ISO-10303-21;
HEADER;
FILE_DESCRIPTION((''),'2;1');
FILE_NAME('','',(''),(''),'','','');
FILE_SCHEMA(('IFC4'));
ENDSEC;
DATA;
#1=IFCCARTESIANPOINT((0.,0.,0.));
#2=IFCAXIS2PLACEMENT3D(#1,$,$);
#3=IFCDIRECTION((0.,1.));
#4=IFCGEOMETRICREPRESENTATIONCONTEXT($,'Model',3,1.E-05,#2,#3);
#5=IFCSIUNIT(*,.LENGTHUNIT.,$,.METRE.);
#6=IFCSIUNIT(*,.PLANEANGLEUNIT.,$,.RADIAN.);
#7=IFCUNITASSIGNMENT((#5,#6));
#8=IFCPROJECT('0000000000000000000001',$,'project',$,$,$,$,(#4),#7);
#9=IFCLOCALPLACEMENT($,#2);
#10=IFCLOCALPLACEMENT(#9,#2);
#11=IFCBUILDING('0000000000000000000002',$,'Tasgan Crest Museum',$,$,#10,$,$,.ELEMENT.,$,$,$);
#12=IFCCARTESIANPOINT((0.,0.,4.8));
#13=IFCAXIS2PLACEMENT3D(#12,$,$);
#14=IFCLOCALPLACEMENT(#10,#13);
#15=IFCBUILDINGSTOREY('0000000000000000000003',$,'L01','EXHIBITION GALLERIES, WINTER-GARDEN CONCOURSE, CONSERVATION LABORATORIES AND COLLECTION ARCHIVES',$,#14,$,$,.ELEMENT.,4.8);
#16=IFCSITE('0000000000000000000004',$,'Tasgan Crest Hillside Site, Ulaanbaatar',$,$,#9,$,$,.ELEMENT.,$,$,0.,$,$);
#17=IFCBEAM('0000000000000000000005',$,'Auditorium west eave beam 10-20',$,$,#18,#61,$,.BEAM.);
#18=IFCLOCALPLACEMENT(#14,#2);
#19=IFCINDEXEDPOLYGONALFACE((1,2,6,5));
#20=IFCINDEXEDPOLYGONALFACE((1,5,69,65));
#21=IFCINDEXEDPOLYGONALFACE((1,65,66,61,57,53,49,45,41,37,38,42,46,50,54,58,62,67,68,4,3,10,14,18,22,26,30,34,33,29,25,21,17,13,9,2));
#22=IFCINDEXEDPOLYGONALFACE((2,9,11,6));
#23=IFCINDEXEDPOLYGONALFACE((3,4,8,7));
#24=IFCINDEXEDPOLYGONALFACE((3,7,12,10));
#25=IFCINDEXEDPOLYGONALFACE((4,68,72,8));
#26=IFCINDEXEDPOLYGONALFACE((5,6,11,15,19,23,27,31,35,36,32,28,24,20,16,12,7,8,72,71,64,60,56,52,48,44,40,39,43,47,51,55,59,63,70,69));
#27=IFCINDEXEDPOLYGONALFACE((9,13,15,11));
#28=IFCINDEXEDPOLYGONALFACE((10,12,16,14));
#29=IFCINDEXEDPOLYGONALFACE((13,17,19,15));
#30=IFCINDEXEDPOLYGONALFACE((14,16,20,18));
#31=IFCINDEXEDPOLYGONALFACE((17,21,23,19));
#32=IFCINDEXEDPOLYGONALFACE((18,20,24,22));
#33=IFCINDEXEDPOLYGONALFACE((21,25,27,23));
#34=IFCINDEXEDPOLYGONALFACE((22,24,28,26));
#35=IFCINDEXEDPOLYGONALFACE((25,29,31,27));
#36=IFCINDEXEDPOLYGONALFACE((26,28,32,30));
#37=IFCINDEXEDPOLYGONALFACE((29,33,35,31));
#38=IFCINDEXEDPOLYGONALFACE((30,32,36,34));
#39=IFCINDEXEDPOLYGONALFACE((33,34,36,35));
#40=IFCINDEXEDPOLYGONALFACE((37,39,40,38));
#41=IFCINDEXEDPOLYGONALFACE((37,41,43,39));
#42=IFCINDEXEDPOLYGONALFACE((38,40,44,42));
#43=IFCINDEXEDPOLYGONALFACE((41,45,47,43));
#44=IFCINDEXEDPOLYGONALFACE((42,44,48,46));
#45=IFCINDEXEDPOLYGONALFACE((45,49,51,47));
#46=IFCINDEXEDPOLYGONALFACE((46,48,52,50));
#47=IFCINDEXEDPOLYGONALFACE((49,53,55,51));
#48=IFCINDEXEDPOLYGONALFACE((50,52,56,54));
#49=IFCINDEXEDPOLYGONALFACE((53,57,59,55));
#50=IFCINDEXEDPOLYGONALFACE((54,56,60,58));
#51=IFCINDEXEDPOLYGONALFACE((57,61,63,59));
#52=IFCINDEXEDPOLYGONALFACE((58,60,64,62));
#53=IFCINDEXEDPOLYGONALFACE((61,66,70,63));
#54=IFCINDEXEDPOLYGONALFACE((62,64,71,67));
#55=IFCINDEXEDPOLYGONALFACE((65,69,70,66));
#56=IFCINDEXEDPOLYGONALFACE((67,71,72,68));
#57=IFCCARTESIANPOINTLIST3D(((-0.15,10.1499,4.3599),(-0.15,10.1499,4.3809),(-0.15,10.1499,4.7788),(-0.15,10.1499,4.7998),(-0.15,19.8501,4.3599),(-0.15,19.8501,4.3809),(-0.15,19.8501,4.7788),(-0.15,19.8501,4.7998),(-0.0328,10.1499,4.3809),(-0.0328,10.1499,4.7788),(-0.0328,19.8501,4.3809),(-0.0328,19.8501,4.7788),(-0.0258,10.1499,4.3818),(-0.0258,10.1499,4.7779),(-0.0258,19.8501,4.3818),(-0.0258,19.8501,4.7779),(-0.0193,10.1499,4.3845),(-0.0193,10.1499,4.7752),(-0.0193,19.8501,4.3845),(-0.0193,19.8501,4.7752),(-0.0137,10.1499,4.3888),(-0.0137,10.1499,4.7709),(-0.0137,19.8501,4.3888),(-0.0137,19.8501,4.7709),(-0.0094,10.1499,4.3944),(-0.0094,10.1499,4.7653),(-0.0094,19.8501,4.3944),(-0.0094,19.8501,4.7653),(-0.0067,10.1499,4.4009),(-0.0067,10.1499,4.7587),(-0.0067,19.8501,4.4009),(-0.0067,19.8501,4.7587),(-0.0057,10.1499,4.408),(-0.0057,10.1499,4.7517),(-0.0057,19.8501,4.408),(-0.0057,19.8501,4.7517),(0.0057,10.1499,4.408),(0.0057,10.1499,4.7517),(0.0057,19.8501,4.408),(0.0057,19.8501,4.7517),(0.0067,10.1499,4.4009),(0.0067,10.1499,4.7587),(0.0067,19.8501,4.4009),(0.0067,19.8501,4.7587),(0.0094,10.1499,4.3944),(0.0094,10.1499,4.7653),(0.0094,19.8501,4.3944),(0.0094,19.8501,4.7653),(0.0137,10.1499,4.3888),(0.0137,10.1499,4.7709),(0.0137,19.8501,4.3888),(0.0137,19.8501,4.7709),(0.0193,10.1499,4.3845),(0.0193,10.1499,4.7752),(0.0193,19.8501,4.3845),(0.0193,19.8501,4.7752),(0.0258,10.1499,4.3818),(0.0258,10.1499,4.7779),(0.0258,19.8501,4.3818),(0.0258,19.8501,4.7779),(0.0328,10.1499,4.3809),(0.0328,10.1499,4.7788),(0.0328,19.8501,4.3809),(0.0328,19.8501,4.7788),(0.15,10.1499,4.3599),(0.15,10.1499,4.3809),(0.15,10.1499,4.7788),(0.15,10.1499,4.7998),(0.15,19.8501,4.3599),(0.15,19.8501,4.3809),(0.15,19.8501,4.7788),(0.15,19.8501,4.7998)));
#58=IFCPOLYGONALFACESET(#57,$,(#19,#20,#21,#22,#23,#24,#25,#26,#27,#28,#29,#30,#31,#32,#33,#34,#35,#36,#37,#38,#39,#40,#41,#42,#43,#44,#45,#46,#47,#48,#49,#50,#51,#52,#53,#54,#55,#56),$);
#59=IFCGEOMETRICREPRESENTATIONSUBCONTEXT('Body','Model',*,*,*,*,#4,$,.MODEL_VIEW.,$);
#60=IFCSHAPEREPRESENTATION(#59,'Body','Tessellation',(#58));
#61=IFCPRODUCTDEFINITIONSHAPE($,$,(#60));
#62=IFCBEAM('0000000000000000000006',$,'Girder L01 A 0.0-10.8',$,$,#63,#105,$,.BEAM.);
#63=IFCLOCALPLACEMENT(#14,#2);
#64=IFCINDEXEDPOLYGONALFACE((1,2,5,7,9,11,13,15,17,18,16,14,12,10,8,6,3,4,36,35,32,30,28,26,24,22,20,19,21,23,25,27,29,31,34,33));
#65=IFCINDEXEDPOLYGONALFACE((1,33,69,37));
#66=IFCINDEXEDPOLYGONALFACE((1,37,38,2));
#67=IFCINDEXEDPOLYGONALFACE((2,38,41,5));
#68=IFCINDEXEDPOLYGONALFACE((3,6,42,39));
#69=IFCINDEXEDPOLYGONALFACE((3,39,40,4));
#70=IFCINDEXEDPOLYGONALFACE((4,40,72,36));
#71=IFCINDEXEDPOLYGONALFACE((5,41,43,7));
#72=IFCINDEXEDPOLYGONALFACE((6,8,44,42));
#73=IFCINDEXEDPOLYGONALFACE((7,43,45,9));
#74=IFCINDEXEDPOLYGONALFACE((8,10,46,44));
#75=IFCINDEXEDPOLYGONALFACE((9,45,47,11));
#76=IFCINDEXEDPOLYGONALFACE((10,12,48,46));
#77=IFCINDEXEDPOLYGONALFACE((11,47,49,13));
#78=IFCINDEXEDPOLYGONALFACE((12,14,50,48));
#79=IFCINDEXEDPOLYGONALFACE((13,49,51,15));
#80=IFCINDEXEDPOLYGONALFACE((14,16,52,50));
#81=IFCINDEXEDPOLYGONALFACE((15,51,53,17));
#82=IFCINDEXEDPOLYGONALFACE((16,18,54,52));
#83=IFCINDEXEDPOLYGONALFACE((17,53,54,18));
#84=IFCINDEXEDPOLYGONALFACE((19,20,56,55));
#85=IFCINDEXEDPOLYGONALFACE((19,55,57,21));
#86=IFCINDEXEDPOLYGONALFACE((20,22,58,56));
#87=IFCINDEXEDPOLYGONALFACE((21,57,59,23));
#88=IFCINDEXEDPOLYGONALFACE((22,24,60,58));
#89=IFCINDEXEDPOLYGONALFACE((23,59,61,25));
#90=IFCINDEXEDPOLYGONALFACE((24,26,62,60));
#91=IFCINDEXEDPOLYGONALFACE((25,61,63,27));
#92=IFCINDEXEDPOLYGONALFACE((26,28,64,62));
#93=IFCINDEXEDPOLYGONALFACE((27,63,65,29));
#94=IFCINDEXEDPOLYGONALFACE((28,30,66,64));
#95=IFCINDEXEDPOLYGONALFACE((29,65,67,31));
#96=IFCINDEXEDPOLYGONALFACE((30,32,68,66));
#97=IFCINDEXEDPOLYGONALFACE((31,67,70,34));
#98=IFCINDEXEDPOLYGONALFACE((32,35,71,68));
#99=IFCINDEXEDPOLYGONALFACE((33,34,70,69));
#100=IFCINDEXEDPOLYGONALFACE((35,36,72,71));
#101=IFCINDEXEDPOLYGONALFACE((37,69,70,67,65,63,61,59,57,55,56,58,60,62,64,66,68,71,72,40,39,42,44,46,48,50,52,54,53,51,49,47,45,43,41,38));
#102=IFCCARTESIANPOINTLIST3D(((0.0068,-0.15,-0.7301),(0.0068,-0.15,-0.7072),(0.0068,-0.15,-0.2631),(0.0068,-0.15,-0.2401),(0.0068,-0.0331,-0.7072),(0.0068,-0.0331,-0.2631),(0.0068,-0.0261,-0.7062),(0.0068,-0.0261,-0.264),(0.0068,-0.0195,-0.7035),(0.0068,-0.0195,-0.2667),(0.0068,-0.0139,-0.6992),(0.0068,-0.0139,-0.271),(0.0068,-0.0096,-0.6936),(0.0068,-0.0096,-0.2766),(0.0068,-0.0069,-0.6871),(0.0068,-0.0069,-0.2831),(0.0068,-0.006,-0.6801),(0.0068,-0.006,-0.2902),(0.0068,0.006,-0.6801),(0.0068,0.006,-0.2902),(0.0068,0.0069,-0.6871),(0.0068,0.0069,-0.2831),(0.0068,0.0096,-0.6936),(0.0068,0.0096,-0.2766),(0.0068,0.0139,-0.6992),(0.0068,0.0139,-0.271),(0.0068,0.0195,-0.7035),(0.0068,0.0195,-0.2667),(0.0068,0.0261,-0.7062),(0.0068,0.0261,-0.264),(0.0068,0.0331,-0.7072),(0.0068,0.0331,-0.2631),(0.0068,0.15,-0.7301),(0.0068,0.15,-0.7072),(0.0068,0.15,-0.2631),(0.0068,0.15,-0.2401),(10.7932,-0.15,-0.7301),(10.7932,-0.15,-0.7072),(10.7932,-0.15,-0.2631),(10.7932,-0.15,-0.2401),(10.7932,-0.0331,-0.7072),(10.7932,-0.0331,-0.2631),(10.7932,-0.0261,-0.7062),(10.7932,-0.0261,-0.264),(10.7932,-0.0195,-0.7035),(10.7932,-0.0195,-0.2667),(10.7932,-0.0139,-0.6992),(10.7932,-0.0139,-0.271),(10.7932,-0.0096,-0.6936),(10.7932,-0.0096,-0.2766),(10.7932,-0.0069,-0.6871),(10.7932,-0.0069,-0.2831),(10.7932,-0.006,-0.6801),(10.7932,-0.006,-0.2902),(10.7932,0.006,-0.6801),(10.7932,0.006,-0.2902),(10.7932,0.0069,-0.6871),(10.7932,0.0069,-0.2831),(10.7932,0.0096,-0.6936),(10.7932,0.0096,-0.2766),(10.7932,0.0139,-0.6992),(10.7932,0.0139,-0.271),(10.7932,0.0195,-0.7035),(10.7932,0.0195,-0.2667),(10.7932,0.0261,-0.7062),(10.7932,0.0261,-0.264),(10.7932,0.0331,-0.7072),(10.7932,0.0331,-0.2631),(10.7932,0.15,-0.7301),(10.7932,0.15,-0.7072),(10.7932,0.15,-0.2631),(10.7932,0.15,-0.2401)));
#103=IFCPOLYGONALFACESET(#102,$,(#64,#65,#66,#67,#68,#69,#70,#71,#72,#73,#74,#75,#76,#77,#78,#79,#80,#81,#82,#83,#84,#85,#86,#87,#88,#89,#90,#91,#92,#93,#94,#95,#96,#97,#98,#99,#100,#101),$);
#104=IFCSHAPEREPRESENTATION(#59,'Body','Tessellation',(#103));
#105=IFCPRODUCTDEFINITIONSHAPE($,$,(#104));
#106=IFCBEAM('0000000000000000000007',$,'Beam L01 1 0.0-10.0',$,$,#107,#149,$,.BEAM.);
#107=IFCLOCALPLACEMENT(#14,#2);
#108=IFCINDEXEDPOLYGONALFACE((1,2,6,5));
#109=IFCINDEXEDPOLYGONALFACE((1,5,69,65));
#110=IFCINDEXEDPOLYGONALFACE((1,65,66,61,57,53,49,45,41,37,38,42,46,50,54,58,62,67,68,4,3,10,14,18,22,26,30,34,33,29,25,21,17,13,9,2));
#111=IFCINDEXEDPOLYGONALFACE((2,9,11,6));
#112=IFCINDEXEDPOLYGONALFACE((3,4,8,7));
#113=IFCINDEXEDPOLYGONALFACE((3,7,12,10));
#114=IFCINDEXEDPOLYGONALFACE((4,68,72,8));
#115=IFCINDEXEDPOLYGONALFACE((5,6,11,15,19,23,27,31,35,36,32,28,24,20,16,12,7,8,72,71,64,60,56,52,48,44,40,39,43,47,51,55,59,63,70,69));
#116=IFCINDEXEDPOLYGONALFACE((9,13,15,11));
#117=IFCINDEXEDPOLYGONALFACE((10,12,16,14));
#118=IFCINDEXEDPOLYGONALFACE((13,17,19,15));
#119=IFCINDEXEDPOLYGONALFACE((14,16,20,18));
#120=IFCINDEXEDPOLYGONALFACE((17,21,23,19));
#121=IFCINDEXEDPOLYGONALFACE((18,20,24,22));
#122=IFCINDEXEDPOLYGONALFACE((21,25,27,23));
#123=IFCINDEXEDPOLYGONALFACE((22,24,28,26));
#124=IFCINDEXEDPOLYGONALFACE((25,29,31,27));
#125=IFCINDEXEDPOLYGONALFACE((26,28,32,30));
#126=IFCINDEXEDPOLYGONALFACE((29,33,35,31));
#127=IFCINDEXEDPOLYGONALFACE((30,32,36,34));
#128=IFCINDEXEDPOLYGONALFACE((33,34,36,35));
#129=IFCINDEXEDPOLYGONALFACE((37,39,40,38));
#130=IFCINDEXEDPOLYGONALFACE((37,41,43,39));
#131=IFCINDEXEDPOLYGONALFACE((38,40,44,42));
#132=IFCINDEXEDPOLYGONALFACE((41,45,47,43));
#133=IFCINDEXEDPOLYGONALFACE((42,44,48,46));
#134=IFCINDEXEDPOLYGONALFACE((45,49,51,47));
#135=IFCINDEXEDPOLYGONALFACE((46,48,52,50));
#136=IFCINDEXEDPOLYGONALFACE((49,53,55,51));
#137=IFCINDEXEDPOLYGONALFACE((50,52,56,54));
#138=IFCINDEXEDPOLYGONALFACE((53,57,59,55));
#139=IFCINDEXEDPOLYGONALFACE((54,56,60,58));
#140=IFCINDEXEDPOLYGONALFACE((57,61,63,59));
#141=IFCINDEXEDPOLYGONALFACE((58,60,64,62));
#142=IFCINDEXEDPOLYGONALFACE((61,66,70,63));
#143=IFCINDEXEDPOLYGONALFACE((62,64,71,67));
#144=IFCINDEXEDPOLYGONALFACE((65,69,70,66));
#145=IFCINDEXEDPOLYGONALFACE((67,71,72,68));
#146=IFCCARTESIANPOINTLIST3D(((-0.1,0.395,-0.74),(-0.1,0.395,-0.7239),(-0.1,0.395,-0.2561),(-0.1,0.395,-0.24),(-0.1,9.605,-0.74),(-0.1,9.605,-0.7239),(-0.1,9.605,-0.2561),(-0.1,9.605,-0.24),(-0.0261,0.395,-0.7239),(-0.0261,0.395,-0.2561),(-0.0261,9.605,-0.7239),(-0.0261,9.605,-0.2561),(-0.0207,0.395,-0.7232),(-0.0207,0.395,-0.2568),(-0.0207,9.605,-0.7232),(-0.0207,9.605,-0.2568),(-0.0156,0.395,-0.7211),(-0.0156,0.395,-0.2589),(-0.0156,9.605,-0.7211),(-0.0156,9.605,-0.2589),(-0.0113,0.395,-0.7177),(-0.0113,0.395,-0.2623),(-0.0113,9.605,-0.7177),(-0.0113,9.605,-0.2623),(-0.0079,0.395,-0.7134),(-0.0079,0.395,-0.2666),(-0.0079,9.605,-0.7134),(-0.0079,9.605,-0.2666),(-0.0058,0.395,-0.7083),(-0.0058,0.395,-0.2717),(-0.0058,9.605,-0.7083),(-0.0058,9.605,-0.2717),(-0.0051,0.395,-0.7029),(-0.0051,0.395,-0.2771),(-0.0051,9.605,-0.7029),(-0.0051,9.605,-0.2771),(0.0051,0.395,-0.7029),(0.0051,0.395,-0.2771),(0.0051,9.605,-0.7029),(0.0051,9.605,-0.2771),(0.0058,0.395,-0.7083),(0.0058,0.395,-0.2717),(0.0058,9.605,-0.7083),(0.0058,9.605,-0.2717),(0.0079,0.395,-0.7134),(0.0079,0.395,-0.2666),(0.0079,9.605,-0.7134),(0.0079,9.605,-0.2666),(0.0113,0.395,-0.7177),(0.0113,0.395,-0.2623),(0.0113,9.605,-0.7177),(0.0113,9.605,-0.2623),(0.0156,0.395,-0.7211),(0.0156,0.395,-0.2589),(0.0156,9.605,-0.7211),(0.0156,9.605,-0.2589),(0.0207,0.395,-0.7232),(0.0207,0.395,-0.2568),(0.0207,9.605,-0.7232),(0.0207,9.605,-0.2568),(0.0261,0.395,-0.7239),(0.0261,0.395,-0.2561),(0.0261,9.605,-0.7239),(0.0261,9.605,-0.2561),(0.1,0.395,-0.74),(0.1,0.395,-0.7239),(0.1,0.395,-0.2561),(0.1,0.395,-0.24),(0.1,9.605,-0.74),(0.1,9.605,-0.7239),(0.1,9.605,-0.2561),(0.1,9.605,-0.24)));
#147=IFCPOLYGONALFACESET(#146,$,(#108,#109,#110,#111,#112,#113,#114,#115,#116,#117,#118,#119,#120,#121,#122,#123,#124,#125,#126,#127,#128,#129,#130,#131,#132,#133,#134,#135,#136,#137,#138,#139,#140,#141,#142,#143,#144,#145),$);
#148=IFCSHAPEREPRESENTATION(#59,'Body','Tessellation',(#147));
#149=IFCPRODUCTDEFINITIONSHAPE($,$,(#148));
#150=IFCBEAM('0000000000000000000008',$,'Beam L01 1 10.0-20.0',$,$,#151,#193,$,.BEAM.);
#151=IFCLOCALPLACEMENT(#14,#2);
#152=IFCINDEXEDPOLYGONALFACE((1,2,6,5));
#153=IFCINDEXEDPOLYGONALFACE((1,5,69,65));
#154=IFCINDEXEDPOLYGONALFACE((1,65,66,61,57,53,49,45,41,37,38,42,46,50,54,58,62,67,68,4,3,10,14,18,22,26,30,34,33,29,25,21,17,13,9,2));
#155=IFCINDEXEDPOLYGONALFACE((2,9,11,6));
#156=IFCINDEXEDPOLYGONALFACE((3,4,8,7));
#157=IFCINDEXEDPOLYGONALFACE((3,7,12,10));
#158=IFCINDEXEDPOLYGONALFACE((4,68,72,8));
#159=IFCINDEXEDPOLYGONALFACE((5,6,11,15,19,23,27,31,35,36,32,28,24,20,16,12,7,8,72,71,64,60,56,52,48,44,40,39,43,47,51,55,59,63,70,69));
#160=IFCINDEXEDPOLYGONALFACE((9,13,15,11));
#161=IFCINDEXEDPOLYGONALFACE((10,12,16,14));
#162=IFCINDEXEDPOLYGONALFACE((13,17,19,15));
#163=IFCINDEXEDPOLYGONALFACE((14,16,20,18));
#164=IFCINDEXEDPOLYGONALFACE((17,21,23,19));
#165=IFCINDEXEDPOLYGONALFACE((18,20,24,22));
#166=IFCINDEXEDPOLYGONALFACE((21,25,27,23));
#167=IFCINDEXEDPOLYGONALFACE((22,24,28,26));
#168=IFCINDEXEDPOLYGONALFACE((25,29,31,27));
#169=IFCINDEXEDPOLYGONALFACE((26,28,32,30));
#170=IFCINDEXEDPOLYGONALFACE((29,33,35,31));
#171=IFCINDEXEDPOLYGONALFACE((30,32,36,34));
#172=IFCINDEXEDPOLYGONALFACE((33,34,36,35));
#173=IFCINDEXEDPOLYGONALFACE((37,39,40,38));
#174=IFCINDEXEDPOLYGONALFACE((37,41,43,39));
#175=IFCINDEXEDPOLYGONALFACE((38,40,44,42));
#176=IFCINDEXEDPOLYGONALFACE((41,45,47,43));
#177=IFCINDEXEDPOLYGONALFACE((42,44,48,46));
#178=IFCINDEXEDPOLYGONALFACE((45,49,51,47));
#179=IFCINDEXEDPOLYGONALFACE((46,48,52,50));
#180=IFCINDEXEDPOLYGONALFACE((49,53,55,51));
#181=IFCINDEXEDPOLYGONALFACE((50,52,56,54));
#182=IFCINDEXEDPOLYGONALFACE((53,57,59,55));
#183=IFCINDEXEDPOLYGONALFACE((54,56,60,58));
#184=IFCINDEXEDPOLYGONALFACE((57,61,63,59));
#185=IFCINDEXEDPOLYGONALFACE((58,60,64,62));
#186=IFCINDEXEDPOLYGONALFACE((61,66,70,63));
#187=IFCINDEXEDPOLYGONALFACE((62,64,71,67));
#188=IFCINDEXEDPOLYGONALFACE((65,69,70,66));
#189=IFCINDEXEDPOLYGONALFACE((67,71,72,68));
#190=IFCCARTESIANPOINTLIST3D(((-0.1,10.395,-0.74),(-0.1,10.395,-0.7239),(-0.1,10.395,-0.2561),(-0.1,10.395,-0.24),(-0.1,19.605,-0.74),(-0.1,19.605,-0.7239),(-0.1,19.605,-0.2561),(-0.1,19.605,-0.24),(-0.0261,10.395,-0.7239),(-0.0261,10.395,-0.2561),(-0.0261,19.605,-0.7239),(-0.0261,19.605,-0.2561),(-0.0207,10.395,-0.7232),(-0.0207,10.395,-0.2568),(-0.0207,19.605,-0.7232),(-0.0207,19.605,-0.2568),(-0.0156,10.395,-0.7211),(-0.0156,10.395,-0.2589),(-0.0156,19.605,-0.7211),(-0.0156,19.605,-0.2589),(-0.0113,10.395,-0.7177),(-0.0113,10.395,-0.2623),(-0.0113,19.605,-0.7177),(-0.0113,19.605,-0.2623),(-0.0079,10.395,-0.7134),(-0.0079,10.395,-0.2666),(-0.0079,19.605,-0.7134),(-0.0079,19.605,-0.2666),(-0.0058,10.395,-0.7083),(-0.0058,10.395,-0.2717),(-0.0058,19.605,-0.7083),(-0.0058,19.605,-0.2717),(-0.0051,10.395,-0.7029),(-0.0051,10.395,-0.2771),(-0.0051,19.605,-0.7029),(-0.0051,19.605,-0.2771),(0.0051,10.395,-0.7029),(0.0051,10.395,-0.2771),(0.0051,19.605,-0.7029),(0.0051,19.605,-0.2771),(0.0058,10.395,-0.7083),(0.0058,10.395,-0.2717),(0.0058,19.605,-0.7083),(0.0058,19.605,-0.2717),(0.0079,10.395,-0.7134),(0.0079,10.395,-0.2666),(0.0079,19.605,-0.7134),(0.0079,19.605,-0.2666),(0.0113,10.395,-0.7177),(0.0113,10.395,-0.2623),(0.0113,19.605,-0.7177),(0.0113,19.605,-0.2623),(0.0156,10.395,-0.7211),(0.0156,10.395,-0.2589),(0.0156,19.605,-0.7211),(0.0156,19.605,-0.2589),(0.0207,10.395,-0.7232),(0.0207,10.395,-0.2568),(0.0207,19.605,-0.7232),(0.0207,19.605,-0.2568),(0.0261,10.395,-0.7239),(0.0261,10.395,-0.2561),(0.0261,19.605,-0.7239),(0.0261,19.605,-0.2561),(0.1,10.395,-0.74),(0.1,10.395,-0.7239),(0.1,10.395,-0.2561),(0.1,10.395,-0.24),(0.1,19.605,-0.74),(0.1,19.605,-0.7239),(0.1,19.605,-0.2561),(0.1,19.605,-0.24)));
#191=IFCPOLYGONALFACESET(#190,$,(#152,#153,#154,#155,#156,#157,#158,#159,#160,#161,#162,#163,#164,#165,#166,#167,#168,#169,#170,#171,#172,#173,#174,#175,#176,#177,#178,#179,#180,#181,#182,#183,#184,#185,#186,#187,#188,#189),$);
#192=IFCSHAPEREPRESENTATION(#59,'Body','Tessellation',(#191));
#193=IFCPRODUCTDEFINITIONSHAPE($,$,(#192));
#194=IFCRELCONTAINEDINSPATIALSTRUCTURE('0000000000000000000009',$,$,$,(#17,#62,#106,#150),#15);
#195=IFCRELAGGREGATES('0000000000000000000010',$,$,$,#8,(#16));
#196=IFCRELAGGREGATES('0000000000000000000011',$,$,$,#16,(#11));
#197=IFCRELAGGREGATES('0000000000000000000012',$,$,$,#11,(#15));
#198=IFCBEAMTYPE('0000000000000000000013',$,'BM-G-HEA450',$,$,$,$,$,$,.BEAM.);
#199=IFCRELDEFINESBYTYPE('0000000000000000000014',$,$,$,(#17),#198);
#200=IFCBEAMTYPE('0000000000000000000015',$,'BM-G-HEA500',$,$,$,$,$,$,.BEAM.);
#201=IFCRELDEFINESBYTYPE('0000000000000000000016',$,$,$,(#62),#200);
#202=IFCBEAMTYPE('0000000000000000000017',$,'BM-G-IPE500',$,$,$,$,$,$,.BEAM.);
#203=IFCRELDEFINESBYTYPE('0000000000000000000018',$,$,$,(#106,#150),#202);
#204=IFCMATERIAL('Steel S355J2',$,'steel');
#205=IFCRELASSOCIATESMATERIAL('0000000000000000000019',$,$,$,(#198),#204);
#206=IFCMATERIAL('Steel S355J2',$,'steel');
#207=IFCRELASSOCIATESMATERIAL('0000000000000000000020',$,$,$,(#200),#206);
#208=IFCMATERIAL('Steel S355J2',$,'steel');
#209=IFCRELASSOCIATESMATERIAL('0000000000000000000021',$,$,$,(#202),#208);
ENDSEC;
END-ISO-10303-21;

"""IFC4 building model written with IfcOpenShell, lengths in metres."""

from ifc_helpers import new_model, si_unit, direction, frame, origin, origin_2d, place, context, subcontext, project, spatial, i_section, extrude, material, material_profile, profile_set, type_object, element, save


model = new_model("IFC4")

# Units and contexts
model_context = context("Model", 3, precision=1e-05, world=origin(), true_north=direction((0.0, 1.0)))
body_context = subcontext(model_context, "Body", "Model", "MODEL_VIEW")
ifc_project = project(units=[si_unit("LENGTHUNIT", "METRE"), si_unit("PLANEANGLEUNIT", "RADIAN")], contexts=[model_context])

# Site, building, storey
site_placement = place(None, origin())
site = spatial("IfcSite", under=ifc_project, at=site_placement, Name="Tasgan Crest Hillside Site, Ulaanbaatar", CompositionType="ELEMENT", RefElevation=0.0)
building_placement = place(site_placement, origin())
building = spatial("IfcBuilding", under=site, at=building_placement, Name="Tasgan Crest Museum", CompositionType="ELEMENT")
storey_placement = place(building_placement, frame((0.0, 0.0, 4.8)))
storey = spatial("IfcBuildingStorey", under=building, at=storey_placement, Name="L01", Description="EXHIBITION GALLERIES, WINTER-GARDEN CONCOURSE, CONSERVATION LABORATORIES AND COLLECTION ARCHIVES", CompositionType="ELEMENT", Elevation=4.8)

# Beams
ifc_material_1 = material(Name="Steel S355J2", Category="steel")
ifc_material_profile_1 = material_profile(ifc_material_1, i_section(OverallWidth=0.3, OverallDepth=0.4399, WebThickness=0.0115, FlangeThickness=0.021, FilletRadius=0.0271, at=origin_2d()), Name="HEA 450")
ifc_profile_set_1 = profile_set([ifc_material_profile_1], Name="Steel S355J2")
beam_type_1 = type_object("IfcBeamType", Name="BM-G-HEA450", PredefinedType="BEAM", material=ifc_profile_set_1)
for number, where, z_axis, x_axis, name in (
    (1, (0.0, 10.1499, 4.5798), (0.0, 1.0, 0.0), (-1.0, 0.0, 0.0), "Auditorium west eave beam 10-20"),
):
    element("IfcBeam", number, at=place(storey_placement, frame(where, z_axis=z_axis, x_axis=x_axis)), inside=storey, type_object=beam_type_1, Name=name, PredefinedType="BEAM", context=body_context, shape_type="SweptSolid", body=[
        extrude(i_section(OverallWidth=0.3, OverallDepth=0.4399, WebThickness=0.0115, FlangeThickness=0.021, FilletRadius=0.0271, at=origin_2d()), origin(), (0.0, 0.0, 1.0), 9.7002),
    ])
ifc_material_2 = material(Name="Steel S355J2", Category="steel")
ifc_material_profile_2 = material_profile(ifc_material_2, i_section(OverallWidth=0.3, OverallDepth=0.49, WebThickness=0.012, FlangeThickness=0.0229, FilletRadius=0.0271, at=origin_2d()), Name="HEA 500")
ifc_profile_set_2 = profile_set([ifc_material_profile_2], Name="Steel S355J2")
beam_type_2 = type_object("IfcBeamType", Name="BM-G-HEA500", PredefinedType="BEAM", material=ifc_profile_set_2)
beam_placement = place(storey_placement, frame((0.0068, 0.0, -0.4851), z_axis=(1.0, 0.0, 0.0), x_axis=(0.0, 1.0, 0.0)))
element("IfcBeam", 2, at=beam_placement, inside=storey, type_object=beam_type_2, Name="Girder L01 A 0.0-10.8", PredefinedType="BEAM", context=body_context, shape_type="SweptSolid", body=[
    extrude(i_section(OverallWidth=0.3, OverallDepth=0.49, WebThickness=0.012, FlangeThickness=0.0229, FilletRadius=0.0271, at=origin_2d()), origin(), (0.0, 0.0, 1.0), 10.7864),
])
ifc_material_3 = material(Name="Steel S355J2", Category="steel")
ifc_material_profile_3 = material_profile(ifc_material_3, i_section(OverallWidth=0.2, OverallDepth=0.5, WebThickness=0.0103, FlangeThickness=0.0161, FilletRadius=0.021, at=origin_2d()), Name="IPE 500")
ifc_profile_set_3 = profile_set([ifc_material_profile_3], Name="Steel S355J2")
beam_type_3 = type_object("IfcBeamType", Name="BM-G-IPE500", PredefinedType="BEAM", material=ifc_profile_set_3)
for number, where, z_axis, x_axis, name in (
    (3, (0.0, 0.395, -0.49), (0.0, 1.0, 0.0), (-1.0, 0.0, 0.0), "Beam L01 1 0.0-10.0"),
    (4, (0.0, 10.395, -0.49), (0.0, 1.0, 0.0), (-1.0, 0.0, 0.0), "Beam L01 1 10.0-20.0"),
):
    element("IfcBeam", number, at=place(storey_placement, frame(where, z_axis=z_axis, x_axis=x_axis)), inside=storey, type_object=beam_type_3, Name=name, PredefinedType="BEAM", context=body_context, shape_type="SweptSolid", body=[
        extrude(i_section(OverallWidth=0.2, OverallDepth=0.5, WebThickness=0.0103, FlangeThickness=0.0161, FilletRadius=0.021, at=origin_2d()), origin(), (0.0, 0.0, 1.0), 9.21),
    ])

save(model, "model.ifc")
